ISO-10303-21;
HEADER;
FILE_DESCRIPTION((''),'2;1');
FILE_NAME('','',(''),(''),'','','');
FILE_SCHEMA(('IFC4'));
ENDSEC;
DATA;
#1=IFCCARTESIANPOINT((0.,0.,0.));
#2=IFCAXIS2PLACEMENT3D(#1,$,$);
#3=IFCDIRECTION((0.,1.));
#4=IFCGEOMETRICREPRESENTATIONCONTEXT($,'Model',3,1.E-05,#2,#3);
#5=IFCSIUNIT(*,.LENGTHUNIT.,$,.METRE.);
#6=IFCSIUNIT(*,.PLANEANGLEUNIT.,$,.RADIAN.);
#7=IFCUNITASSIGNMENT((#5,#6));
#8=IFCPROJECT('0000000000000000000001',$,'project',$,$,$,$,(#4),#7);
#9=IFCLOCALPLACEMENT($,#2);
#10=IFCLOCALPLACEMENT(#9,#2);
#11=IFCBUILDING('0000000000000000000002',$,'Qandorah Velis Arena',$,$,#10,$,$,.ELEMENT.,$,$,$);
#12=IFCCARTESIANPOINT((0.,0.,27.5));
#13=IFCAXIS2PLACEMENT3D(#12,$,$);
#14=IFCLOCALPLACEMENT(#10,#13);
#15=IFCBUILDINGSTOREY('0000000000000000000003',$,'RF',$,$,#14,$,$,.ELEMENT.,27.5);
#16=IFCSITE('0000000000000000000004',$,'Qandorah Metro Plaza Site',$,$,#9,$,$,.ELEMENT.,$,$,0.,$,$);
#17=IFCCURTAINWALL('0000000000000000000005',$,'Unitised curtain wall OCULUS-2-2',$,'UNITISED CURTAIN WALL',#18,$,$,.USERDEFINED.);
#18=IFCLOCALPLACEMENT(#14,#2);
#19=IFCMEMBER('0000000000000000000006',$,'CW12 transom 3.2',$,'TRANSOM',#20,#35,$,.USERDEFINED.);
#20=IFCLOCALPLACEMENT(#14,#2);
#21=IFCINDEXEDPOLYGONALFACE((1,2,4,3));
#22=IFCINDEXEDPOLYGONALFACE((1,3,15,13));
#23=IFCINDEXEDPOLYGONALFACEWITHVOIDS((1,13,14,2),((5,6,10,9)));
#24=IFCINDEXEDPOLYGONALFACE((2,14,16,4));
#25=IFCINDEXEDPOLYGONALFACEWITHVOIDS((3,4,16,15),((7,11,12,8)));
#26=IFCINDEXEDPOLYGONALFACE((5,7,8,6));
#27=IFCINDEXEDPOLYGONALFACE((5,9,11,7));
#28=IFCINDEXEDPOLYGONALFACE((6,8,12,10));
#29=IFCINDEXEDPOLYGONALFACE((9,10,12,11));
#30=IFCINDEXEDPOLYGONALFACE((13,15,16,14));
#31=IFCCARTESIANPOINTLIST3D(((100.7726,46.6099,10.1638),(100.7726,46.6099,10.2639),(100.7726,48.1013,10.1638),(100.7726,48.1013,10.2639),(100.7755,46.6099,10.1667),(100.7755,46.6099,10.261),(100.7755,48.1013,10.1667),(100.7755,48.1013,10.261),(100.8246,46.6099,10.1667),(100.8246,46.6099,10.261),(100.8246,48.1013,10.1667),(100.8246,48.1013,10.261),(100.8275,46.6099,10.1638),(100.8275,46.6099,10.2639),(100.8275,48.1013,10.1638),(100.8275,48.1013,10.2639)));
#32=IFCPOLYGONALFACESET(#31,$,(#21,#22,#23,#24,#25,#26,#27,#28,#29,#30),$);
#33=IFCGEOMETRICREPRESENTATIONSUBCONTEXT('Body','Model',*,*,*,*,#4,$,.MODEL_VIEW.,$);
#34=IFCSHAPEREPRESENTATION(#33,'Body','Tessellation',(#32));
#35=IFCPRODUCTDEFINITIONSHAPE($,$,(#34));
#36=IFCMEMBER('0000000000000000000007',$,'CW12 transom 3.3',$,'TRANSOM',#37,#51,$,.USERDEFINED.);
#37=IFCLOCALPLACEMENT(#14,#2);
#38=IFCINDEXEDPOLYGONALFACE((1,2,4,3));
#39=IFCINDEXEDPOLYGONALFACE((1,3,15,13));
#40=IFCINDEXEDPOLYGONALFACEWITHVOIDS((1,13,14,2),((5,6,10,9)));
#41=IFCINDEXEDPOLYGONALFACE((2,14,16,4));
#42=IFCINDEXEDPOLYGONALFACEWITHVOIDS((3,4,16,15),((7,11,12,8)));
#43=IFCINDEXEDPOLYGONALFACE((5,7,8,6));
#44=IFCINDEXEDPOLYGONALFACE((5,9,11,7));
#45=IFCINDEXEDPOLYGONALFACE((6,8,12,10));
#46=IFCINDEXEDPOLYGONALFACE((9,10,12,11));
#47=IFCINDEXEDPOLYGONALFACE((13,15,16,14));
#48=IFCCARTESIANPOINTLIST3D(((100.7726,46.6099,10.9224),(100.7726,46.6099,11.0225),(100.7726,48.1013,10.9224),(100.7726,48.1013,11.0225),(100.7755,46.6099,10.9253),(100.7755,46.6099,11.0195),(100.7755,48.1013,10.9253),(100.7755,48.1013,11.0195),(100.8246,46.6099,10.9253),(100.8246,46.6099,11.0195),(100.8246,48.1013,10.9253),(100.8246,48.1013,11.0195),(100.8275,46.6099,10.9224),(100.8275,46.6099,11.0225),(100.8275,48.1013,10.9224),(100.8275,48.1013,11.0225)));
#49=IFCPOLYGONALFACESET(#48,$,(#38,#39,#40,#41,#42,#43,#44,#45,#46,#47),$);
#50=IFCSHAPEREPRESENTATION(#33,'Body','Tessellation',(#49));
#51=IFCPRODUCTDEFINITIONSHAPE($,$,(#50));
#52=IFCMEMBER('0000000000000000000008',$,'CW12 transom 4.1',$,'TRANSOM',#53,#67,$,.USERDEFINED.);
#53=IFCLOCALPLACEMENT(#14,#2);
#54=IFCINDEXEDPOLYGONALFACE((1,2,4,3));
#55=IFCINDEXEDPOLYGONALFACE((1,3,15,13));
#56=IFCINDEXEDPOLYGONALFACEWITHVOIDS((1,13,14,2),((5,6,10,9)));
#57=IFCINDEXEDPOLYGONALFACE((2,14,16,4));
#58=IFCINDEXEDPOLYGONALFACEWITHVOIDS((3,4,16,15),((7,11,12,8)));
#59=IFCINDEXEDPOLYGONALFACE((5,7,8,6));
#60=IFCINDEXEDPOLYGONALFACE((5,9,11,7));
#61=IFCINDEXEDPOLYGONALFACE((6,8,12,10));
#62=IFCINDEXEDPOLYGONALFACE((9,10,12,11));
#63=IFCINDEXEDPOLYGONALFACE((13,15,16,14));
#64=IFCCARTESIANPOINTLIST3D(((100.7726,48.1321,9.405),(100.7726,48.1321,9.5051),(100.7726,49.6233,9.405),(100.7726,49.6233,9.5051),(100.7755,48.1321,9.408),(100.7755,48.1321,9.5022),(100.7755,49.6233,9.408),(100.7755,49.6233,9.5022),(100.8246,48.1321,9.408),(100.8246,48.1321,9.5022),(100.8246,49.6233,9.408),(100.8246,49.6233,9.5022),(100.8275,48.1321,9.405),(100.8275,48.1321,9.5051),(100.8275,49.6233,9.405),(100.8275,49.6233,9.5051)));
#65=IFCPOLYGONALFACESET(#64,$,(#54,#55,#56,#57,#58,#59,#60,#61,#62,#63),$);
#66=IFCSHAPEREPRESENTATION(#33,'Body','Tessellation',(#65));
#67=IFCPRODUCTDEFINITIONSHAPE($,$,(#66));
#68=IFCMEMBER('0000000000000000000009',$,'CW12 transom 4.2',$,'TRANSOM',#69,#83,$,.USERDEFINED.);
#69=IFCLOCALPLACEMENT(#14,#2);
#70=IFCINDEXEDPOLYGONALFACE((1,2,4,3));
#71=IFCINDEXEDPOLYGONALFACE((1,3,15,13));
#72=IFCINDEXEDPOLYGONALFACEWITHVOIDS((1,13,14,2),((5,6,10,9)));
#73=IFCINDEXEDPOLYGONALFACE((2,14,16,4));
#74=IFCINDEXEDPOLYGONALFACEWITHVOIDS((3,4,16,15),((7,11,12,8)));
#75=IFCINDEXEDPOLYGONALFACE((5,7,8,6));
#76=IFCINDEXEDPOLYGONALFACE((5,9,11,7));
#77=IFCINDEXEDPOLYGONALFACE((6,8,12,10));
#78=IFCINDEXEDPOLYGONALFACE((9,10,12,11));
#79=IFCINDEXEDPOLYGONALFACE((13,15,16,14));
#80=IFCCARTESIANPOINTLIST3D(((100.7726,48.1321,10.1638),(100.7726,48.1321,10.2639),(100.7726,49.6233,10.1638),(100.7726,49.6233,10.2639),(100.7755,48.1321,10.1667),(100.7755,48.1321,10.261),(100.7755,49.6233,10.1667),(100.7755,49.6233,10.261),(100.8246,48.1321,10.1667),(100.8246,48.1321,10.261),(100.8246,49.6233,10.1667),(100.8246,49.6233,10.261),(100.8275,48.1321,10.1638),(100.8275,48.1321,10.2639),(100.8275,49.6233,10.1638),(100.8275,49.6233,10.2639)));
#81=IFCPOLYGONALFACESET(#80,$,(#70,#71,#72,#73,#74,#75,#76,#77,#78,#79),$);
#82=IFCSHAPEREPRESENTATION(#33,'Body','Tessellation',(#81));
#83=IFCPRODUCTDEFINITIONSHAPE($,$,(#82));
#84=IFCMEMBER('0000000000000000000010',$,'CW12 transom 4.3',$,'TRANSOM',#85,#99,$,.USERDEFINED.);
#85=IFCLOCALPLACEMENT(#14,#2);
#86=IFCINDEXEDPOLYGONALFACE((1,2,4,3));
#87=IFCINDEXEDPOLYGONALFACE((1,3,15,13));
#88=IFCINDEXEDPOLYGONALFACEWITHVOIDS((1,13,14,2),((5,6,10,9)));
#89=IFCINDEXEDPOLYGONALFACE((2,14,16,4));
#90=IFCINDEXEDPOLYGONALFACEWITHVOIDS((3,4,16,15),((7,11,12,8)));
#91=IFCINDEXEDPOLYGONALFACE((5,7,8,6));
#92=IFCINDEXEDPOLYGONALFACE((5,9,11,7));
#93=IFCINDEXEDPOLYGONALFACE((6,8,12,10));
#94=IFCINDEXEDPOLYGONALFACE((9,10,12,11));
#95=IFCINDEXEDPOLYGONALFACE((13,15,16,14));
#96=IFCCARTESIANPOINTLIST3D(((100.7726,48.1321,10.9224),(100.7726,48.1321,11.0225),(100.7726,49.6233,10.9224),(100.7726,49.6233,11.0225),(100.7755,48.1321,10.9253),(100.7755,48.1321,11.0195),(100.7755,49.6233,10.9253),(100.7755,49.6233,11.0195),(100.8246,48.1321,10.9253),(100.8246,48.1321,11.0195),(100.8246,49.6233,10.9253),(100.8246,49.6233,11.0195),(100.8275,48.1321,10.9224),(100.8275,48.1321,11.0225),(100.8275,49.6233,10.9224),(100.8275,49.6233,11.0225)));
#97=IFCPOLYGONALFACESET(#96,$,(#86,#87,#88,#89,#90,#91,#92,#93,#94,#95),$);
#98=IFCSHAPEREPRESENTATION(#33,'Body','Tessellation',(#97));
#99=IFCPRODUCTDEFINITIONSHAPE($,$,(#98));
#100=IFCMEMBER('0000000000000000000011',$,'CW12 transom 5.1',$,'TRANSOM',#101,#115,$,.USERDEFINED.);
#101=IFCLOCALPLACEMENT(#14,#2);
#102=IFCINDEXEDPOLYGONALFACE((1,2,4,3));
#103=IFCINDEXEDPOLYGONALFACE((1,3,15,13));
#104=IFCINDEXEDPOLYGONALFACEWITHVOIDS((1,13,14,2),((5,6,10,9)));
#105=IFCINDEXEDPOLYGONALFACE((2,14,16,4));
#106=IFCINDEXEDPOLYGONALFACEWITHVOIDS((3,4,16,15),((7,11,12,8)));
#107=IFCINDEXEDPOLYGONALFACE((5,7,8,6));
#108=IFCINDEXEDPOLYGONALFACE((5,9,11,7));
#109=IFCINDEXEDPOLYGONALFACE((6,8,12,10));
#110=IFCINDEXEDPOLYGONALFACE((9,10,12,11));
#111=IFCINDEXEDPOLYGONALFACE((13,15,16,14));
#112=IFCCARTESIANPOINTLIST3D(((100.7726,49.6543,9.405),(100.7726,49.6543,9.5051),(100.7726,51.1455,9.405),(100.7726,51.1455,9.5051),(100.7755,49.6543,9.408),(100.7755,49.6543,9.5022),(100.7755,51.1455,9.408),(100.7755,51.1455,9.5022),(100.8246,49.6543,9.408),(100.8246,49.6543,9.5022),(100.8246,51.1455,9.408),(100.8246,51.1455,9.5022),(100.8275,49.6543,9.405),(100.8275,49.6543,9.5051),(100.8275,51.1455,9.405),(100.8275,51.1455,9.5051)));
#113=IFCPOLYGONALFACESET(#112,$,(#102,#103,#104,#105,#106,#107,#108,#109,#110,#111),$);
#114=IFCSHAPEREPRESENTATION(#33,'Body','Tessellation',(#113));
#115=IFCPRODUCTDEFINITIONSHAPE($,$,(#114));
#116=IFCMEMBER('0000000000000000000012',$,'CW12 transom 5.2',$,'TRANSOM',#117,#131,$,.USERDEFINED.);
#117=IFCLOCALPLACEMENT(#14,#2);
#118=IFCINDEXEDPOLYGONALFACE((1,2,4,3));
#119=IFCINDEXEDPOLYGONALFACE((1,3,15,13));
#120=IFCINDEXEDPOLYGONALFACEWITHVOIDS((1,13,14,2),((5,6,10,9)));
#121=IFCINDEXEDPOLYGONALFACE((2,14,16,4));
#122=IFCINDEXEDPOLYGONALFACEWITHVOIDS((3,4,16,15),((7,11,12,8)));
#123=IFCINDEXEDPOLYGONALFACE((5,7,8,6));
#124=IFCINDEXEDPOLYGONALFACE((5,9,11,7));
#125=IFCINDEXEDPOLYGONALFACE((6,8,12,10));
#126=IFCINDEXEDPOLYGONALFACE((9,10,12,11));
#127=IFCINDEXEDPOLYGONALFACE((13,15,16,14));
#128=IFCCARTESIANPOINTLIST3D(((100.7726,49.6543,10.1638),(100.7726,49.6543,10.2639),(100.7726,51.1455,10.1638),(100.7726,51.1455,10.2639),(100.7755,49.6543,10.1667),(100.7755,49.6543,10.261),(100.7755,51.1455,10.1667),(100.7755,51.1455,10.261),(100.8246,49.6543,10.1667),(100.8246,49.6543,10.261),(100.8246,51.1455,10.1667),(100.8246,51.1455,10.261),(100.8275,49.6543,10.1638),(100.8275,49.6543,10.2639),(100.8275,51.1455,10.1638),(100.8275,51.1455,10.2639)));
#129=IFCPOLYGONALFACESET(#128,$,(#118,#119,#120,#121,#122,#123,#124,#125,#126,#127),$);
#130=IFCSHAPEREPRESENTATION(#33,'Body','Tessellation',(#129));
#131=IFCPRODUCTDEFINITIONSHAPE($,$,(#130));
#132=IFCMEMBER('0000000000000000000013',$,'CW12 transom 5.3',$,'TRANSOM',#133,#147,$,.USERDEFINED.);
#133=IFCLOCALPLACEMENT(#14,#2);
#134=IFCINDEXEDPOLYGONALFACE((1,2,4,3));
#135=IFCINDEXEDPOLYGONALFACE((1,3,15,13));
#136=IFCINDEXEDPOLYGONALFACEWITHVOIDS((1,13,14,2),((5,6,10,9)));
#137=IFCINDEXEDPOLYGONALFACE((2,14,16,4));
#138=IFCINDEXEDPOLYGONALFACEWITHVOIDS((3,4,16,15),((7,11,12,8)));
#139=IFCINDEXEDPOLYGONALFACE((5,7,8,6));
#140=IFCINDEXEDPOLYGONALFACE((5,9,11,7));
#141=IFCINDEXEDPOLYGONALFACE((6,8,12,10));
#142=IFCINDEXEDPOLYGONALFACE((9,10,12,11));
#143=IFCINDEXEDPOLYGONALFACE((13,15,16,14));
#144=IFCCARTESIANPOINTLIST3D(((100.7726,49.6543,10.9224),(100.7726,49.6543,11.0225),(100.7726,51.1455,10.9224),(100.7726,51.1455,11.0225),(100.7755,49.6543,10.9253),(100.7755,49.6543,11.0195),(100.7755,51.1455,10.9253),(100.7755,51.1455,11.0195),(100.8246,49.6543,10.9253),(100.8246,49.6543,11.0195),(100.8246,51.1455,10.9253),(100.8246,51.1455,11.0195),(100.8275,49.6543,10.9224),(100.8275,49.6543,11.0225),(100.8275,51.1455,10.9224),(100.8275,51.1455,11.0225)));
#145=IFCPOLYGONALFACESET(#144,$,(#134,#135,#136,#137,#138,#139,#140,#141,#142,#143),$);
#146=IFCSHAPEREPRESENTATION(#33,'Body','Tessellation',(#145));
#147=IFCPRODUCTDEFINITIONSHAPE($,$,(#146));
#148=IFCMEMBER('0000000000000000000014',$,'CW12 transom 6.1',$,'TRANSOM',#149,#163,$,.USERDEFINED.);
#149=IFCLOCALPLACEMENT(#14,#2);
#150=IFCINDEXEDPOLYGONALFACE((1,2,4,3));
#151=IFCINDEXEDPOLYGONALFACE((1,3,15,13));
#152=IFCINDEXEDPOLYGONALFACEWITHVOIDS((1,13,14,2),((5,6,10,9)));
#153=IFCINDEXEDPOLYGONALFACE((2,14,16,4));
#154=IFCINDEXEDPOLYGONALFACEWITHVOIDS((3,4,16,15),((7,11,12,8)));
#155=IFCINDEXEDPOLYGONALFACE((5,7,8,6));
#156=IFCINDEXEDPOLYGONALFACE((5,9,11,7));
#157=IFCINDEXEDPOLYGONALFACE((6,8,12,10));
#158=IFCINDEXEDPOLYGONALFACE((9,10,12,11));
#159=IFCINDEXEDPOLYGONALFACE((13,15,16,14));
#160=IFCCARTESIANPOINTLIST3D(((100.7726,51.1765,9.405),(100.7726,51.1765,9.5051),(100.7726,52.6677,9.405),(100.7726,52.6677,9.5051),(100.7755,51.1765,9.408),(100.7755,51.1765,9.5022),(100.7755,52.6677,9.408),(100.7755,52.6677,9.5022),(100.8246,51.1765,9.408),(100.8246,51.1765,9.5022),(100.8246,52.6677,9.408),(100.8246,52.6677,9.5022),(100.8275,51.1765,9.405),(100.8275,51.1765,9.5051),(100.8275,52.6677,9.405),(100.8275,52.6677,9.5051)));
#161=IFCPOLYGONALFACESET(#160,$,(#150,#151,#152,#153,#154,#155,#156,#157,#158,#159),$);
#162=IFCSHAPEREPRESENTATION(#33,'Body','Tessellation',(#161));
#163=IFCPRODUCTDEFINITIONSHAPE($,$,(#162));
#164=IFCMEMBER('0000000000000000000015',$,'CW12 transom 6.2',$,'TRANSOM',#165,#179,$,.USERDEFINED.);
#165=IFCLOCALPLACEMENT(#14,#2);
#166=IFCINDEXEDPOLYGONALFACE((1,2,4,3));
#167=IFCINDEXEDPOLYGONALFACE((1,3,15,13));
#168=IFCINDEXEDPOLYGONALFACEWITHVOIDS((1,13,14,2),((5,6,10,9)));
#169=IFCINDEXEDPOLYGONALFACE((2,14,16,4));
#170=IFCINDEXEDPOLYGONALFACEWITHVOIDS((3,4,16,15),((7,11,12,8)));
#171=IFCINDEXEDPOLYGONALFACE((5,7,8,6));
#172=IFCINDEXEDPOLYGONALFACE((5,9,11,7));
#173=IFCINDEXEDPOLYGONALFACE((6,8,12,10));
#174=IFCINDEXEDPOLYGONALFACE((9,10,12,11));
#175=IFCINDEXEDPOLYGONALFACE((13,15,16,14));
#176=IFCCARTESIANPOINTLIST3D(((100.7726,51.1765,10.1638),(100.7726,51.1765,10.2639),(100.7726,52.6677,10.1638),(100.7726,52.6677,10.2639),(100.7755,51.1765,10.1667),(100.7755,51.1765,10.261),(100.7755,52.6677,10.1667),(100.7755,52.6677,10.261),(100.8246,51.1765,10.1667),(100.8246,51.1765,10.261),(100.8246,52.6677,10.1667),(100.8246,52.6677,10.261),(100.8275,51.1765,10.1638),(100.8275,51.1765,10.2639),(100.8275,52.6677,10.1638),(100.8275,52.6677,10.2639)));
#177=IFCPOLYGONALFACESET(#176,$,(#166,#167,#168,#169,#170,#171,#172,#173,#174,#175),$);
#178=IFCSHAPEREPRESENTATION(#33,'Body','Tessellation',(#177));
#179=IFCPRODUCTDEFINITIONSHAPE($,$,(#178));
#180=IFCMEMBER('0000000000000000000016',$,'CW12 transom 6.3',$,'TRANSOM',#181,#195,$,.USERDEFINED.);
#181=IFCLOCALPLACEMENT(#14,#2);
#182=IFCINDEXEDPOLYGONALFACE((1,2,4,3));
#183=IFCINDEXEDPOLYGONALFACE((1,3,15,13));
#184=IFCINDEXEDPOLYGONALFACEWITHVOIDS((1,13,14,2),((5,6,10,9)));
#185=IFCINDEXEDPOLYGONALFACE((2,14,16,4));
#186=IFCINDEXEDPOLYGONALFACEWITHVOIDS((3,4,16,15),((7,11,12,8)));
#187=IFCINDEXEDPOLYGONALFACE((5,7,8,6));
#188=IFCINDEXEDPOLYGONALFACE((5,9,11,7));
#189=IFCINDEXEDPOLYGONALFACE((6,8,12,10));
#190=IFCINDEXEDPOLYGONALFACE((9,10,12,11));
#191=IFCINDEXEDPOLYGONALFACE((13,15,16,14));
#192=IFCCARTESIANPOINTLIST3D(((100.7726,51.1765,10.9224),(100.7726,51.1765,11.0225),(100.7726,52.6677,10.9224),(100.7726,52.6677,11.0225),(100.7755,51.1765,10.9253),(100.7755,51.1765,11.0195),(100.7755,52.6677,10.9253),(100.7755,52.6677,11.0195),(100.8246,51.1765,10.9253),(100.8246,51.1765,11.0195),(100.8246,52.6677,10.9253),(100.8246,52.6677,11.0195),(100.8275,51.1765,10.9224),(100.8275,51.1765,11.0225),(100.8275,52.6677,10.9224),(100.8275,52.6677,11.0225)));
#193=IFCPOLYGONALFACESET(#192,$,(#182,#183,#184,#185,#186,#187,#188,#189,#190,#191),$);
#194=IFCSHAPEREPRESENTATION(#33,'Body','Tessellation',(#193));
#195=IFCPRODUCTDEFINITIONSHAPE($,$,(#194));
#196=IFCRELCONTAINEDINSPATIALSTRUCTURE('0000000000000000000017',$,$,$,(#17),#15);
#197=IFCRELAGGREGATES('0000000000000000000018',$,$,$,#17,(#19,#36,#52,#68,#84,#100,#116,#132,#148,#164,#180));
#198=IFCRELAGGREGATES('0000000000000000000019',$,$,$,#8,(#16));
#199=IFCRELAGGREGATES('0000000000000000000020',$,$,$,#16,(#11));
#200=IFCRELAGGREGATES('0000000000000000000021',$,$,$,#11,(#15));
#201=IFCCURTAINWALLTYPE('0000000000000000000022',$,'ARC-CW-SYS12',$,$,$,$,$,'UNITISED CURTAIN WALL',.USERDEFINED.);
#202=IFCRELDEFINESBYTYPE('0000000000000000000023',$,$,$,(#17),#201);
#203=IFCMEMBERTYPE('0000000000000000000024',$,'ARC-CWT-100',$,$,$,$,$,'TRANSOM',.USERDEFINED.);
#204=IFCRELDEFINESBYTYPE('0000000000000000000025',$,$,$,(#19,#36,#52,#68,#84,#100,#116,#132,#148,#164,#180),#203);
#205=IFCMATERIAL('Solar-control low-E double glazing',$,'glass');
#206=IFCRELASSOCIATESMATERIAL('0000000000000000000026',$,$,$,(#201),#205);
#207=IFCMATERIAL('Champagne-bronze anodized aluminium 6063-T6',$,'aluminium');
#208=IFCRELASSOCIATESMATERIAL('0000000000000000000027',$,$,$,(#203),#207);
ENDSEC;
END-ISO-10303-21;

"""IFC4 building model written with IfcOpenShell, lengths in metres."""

from ifc_helpers import new_model, si_unit, direction, frame, origin, origin_2d, place, context, subcontext, project, spatial, hollow_rectangle, extrude, material, material_profile, profile_set, type_object, element, aggregate, save


model = new_model("IFC4")

# Units and contexts
model_context = context("Model", 3, precision=1e-05, world=origin(), true_north=direction((0.0, 1.0)))
body_context = subcontext(model_context, "Body", "Model", "MODEL_VIEW")
ifc_project = project(units=[si_unit("LENGTHUNIT", "METRE"), si_unit("PLANEANGLEUNIT", "RADIAN")], contexts=[model_context])

# Site, building, storey
site_placement = place(None, origin())
site = spatial("IfcSite", under=ifc_project, at=site_placement, Name="Qandorah Metro Plaza Site", CompositionType="ELEMENT", RefElevation=0.0)
building_placement = place(site_placement, origin())
building = spatial("IfcBuilding", under=site, at=building_placement, Name="Qandorah Velis Arena", CompositionType="ELEMENT")
storey_placement = place(building_placement, frame((0.0, 0.0, 27.5)))
storey = spatial("IfcBuildingStorey", under=building, at=storey_placement, Name="RF", CompositionType="ELEMENT", Elevation=27.5)

# Curtain wall, members
ifc_material_1 = material(Name="Solar-control low-E double glazing", Category="glass")
curtain_wall_type = type_object("IfcCurtainWallType", Name="ARC-CW-SYS12", ElementType="UNITISED CURTAIN WALL", PredefinedType="USERDEFINED", material=ifc_material_1)
curtain_wall_placement = place(storey_placement, origin())
curtain_wall = element("IfcCurtainWall", 1, at=curtain_wall_placement, inside=storey, type_object=curtain_wall_type, Name="Unitised curtain wall OCULUS-2-2", ObjectType="UNITISED CURTAIN WALL", PredefinedType="USERDEFINED")
ifc_material_2 = material(Name="Champagne-bronze anodized aluminium 6063-T6", Category="aluminium")
ifc_material_profile_1 = material_profile(ifc_material_2, hollow_rectangle(XDim=0.0549, YDim=0.1001, WallThickness=0.0029, at=origin_2d()), Name="ALU TRANSOM 55x100")
ifc_profile_set_1 = profile_set([ifc_material_profile_1], Name="Champagne-bronze anodized aluminium 6063-T6")
member_type_1 = type_object("IfcMemberType", Name="ARC-CWT-100", ElementType="TRANSOM", PredefinedType="USERDEFINED", material=ifc_profile_set_1)
member_1_placement = place(storey_placement, frame((100.8, 46.6099, 10.2139), z_axis=(0.0, 1.0, 0.0), x_axis=(-1.0, 0.0, 0.0)))
member_1 = element("IfcMember", 2, at=member_1_placement, type_object=member_type_1, Name="CW12 transom 3.2", ObjectType="TRANSOM", PredefinedType="USERDEFINED", context=body_context, shape_type="SweptSolid", body=[
    extrude(hollow_rectangle(XDim=0.0549, YDim=0.1001, WallThickness=0.0029, at=origin_2d()), origin(), (0.0, 0.0, 1.0), 1.4915),
])
member_2_placement = place(storey_placement, frame((100.8, 46.6099, 10.9724), z_axis=(0.0, 1.0, 0.0), x_axis=(-1.0, 0.0, 0.0)))
member_2 = element("IfcMember", 3, at=member_2_placement, type_object=member_type_1, Name="CW12 transom 3.3", ObjectType="TRANSOM", PredefinedType="USERDEFINED", context=body_context, shape_type="SweptSolid", body=[
    extrude(hollow_rectangle(XDim=0.0549, YDim=0.1001, WallThickness=0.0029, at=origin_2d()), origin(), (0.0, 0.0, 1.0), 1.4915),
])
member_3_placement = place(storey_placement, frame((100.8, 48.1321, 9.4551), z_axis=(0.0, 1.0, 0.0), x_axis=(-1.0, 0.0, 0.0)))
member_3 = element("IfcMember", 4, at=member_3_placement, type_object=member_type_1, Name="CW12 transom 4.1", ObjectType="TRANSOM", PredefinedType="USERDEFINED", context=body_context, shape_type="SweptSolid", body=[
    extrude(hollow_rectangle(XDim=0.0549, YDim=0.1001, WallThickness=0.0029, at=origin_2d()), origin(), (0.0, 0.0, 1.0), 1.4912),
])
member_4_placement = place(storey_placement, frame((100.8, 48.1321, 10.2139), z_axis=(0.0, 1.0, 0.0), x_axis=(-1.0, 0.0, 0.0)))
member_4 = element("IfcMember", 5, at=member_4_placement, type_object=member_type_1, Name="CW12 transom 4.2", ObjectType="TRANSOM", PredefinedType="USERDEFINED", context=body_context, shape_type="SweptSolid", body=[
    extrude(hollow_rectangle(XDim=0.0549, YDim=0.1001, WallThickness=0.0029, at=origin_2d()), origin(), (0.0, 0.0, 1.0), 1.4912),
])
member_5_placement = place(storey_placement, frame((100.8, 48.1321, 10.9724), z_axis=(0.0, 1.0, 0.0), x_axis=(-1.0, 0.0, 0.0)))
member_5 = element("IfcMember", 6, at=member_5_placement, type_object=member_type_1, Name="CW12 transom 4.3", ObjectType="TRANSOM", PredefinedType="USERDEFINED", context=body_context, shape_type="SweptSolid", body=[
    extrude(hollow_rectangle(XDim=0.0549, YDim=0.1001, WallThickness=0.0029, at=origin_2d()), origin(), (0.0, 0.0, 1.0), 1.4912),
])
member_6_placement = place(storey_placement, frame((100.8, 49.6543, 9.4551), z_axis=(0.0, 1.0, 0.0), x_axis=(-1.0, 0.0, 0.0)))
member_6 = element("IfcMember", 7, at=member_6_placement, type_object=member_type_1, Name="CW12 transom 5.1", ObjectType="TRANSOM", PredefinedType="USERDEFINED", context=body_context, shape_type="SweptSolid", body=[
    extrude(hollow_rectangle(XDim=0.0549, YDim=0.1001, WallThickness=0.0029, at=origin_2d()), origin(), (0.0, 0.0, 1.0), 1.4912),
])
member_7_placement = place(storey_placement, frame((100.8, 49.6543, 10.2139), z_axis=(0.0, 1.0, 0.0), x_axis=(-1.0, 0.0, 0.0)))
member_7 = element("IfcMember", 8, at=member_7_placement, type_object=member_type_1, Name="CW12 transom 5.2", ObjectType="TRANSOM", PredefinedType="USERDEFINED", context=body_context, shape_type="SweptSolid", body=[
    extrude(hollow_rectangle(XDim=0.0549, YDim=0.1001, WallThickness=0.0029, at=origin_2d()), origin(), (0.0, 0.0, 1.0), 1.4912),
])
member_8_placement = place(storey_placement, frame((100.8, 49.6543, 10.9724), z_axis=(0.0, 1.0, 0.0), x_axis=(-1.0, 0.0, 0.0)))
member_8 = element("IfcMember", 9, at=member_8_placement, type_object=member_type_1, Name="CW12 transom 5.3", ObjectType="TRANSOM", PredefinedType="USERDEFINED", context=body_context, shape_type="SweptSolid", body=[
    extrude(hollow_rectangle(XDim=0.0549, YDim=0.1001, WallThickness=0.0029, at=origin_2d()), origin(), (0.0, 0.0, 1.0), 1.4912),
])
member_9_placement = place(storey_placement, frame((100.8, 51.1765, 9.4551), z_axis=(0.0, 1.0, 0.0), x_axis=(-1.0, 0.0, 0.0)))
member_9 = element("IfcMember", 10, at=member_9_placement, type_object=member_type_1, Name="CW12 transom 6.1", ObjectType="TRANSOM", PredefinedType="USERDEFINED", context=body_context, shape_type="SweptSolid", body=[
    extrude(hollow_rectangle(XDim=0.0549, YDim=0.1001, WallThickness=0.0029, at=origin_2d()), origin(), (0.0, 0.0, 1.0), 1.4912),
])
member_10_placement = place(storey_placement, frame((100.8, 51.1765, 10.2139), z_axis=(0.0, 1.0, 0.0), x_axis=(-1.0, 0.0, 0.0)))
member_10 = element("IfcMember", 11, at=member_10_placement, type_object=member_type_1, Name="CW12 transom 6.2", ObjectType="TRANSOM", PredefinedType="USERDEFINED", context=body_context, shape_type="SweptSolid", body=[
    extrude(hollow_rectangle(XDim=0.0549, YDim=0.1001, WallThickness=0.0029, at=origin_2d()), origin(), (0.0, 0.0, 1.0), 1.4912),
])
member_11_placement = place(storey_placement, frame((100.8, 51.1765, 10.9724), z_axis=(0.0, 1.0, 0.0), x_axis=(-1.0, 0.0, 0.0)))
member_11 = element("IfcMember", 12, at=member_11_placement, type_object=member_type_1, Name="CW12 transom 6.3", ObjectType="TRANSOM", PredefinedType="USERDEFINED", context=body_context, shape_type="SweptSolid", body=[
    extrude(hollow_rectangle(XDim=0.0549, YDim=0.1001, WallThickness=0.0029, at=origin_2d()), origin(), (0.0, 0.0, 1.0), 1.4912),
])

aggregate(curtain_wall, [member_1, member_2, member_3, member_4, member_5, member_6, member_7, member_8, member_9, member_10, member_11])

save(model, "model.ifc")
